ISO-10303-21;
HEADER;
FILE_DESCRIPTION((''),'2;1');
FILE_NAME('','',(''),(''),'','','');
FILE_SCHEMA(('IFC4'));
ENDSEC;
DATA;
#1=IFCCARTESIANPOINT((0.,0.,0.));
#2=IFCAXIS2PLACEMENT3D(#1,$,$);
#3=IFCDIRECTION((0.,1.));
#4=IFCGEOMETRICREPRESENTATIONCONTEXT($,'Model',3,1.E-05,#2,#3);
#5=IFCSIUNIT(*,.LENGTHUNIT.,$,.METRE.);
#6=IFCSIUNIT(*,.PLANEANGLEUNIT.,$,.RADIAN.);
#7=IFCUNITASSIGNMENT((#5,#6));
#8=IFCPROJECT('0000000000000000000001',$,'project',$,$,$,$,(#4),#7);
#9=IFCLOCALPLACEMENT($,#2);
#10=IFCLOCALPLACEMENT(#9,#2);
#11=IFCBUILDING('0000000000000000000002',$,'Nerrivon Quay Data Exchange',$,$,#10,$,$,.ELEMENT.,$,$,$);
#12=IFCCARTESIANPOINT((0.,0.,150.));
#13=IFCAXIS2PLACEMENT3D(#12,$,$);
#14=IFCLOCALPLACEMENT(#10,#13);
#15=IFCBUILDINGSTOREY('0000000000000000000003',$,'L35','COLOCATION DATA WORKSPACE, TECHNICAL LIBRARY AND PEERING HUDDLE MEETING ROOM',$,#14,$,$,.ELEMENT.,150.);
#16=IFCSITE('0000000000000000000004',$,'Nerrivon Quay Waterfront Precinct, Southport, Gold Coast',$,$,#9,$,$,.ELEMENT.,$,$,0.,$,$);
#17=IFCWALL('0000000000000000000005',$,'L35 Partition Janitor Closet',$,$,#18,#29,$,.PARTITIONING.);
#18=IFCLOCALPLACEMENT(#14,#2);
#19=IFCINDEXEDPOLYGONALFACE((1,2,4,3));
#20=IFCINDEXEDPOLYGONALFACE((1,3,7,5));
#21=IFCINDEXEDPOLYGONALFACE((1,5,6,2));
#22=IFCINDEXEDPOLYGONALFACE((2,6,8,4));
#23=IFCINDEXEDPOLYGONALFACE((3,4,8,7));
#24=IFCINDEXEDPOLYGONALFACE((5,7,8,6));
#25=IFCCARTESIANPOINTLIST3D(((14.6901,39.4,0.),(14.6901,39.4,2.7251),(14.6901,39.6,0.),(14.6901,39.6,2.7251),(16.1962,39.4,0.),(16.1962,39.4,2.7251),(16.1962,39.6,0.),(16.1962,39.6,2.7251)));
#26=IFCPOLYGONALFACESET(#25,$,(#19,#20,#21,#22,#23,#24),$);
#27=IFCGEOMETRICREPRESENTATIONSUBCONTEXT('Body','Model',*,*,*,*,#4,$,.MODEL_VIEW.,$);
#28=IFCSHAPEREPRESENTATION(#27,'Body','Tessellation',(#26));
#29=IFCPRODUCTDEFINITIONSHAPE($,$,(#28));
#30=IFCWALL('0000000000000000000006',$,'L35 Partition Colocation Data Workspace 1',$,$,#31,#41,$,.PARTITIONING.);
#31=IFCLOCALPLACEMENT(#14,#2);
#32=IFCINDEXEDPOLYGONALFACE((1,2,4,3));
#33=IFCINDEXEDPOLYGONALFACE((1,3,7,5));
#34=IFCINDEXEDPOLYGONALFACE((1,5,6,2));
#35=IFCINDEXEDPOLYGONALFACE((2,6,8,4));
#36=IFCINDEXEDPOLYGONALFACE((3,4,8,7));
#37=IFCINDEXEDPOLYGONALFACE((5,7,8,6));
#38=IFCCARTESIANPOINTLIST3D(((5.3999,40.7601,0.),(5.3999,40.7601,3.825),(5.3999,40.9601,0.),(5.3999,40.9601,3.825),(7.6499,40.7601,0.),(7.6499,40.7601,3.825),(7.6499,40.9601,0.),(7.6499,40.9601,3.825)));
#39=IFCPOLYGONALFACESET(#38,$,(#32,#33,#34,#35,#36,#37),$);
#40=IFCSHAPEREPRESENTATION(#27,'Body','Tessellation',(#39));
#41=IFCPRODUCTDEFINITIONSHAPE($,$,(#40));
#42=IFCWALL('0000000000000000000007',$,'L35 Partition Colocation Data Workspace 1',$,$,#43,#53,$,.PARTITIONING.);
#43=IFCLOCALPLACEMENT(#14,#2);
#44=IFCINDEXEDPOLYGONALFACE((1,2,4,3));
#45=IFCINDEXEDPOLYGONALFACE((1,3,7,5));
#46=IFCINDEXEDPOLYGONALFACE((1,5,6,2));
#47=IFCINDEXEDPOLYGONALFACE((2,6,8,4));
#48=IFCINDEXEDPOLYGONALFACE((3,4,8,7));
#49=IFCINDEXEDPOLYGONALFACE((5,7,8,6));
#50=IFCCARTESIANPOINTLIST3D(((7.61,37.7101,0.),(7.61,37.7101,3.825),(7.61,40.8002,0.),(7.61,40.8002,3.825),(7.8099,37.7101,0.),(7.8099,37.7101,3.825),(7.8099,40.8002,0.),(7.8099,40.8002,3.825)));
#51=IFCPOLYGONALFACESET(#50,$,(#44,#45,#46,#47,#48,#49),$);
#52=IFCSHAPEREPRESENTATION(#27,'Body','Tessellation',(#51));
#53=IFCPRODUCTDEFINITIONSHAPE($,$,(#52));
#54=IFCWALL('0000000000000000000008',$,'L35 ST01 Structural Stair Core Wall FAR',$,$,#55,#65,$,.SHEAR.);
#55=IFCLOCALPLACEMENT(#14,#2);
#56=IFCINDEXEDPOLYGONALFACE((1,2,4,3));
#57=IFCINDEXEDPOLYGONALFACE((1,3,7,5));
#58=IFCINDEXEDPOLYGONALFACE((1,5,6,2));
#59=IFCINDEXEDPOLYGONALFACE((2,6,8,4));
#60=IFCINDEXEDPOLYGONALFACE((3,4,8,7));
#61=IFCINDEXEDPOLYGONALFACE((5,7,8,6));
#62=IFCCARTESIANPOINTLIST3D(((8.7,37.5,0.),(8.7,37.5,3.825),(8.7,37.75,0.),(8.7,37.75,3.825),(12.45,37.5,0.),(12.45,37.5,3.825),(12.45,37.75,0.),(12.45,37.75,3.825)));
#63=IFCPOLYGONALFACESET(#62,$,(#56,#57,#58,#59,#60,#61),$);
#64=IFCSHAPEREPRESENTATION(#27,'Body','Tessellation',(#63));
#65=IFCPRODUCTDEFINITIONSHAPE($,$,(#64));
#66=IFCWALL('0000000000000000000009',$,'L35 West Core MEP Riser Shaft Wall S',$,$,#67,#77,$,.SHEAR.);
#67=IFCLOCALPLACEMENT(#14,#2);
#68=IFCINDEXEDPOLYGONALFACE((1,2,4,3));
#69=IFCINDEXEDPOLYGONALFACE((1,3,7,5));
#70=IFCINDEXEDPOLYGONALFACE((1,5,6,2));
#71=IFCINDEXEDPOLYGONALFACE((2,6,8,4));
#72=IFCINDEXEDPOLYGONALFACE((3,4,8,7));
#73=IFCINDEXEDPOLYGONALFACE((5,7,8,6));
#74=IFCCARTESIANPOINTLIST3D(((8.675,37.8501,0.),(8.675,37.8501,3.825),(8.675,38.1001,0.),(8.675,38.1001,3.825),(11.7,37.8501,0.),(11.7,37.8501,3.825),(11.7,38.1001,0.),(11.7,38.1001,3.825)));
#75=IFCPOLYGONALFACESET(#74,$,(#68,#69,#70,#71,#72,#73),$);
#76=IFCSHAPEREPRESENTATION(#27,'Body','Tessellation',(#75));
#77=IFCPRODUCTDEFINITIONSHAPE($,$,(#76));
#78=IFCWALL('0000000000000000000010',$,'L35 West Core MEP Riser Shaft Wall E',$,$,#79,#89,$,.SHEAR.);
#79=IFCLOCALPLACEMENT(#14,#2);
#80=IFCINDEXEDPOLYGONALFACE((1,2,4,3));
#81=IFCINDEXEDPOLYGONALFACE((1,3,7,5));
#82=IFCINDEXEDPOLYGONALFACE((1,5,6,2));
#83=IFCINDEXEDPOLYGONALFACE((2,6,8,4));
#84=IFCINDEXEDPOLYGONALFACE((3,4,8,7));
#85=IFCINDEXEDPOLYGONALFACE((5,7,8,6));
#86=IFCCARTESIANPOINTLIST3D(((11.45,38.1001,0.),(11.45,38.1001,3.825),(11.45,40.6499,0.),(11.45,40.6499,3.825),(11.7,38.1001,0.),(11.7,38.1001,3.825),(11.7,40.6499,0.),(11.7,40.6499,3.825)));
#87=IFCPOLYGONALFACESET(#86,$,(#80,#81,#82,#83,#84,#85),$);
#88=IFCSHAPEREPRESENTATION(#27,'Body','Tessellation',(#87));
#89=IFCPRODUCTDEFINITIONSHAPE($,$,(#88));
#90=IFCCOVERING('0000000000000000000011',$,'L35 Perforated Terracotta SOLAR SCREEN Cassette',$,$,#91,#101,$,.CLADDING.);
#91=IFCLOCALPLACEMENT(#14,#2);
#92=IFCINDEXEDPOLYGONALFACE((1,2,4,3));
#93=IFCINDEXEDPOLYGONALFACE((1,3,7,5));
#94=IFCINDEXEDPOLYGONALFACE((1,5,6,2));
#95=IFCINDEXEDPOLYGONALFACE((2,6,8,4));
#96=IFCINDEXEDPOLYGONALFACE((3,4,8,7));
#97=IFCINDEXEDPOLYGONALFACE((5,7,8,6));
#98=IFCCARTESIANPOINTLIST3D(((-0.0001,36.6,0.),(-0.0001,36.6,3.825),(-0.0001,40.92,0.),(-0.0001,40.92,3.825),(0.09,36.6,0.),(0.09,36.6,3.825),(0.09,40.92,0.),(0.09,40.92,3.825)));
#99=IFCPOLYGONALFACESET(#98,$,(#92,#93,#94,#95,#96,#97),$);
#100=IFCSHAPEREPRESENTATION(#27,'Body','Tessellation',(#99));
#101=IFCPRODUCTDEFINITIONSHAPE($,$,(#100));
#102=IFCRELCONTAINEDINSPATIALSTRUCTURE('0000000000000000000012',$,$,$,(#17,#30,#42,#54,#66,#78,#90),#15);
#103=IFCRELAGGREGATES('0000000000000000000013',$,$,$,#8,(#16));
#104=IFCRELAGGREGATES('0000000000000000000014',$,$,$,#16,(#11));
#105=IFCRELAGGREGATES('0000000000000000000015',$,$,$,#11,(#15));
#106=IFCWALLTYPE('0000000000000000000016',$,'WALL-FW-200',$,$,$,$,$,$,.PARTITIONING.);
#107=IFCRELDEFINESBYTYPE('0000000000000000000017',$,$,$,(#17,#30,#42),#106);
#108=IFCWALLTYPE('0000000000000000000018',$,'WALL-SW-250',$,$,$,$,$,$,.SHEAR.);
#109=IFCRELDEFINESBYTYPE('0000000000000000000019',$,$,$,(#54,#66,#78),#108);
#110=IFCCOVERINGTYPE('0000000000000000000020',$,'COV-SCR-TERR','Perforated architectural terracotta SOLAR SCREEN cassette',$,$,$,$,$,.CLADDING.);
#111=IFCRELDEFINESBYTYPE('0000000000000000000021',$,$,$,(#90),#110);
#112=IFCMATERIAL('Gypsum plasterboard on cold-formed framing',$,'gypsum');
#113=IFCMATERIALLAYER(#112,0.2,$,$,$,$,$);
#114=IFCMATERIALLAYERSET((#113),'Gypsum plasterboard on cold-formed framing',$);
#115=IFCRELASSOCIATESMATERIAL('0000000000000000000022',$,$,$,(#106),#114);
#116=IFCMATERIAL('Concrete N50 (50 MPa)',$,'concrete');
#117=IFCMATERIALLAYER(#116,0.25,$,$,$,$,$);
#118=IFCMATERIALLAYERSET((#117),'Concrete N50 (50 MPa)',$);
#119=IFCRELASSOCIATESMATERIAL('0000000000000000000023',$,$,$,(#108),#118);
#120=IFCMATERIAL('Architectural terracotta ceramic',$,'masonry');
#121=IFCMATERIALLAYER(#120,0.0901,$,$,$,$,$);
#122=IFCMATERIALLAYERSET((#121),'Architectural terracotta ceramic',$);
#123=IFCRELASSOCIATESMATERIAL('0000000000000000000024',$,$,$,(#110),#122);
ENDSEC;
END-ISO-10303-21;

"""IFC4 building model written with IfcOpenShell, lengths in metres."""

from ifc_helpers import new_model, si_unit, direction, frame, frame_2d, origin, origin_2d, place, context, subcontext, project, spatial, rectangle, extrude, material, layer, layer_set, type_object, element, save


model = new_model("IFC4")

# Units and contexts
model_context = context("Model", 3, precision=1e-05, world=origin(), true_north=direction((0.0, 1.0)))
body_context = subcontext(model_context, "Body", "Model", "MODEL_VIEW")
ifc_project = project(units=[si_unit("LENGTHUNIT", "METRE"), si_unit("PLANEANGLEUNIT", "RADIAN")], contexts=[model_context])

# Site, building, storey
site_placement = place(None, origin())
site = spatial("IfcSite", under=ifc_project, at=site_placement, Name="Nerrivon Quay Waterfront Precinct, Southport, Gold Coast", CompositionType="ELEMENT", RefElevation=0.0)
building_placement = place(site_placement, origin())
building = spatial("IfcBuilding", under=site, at=building_placement, Name="Nerrivon Quay Data Exchange", CompositionType="ELEMENT")
storey_placement = place(building_placement, frame((0.0, 0.0, 150.0)))
storey = spatial("IfcBuildingStorey", under=building, at=storey_placement, Name="L35", Description="COLOCATION DATA WORKSPACE, TECHNICAL LIBRARY AND PEERING HUDDLE MEETING ROOM", CompositionType="ELEMENT", Elevation=150.0)

# Walls
ifc_material_1 = material(Name="Gypsum plasterboard on cold-formed framing", Category="gypsum")
ifc_layer_1 = layer(ifc_material_1, 0.2)
ifc_layer_set_1 = layer_set([ifc_layer_1], Name="Gypsum plasterboard on cold-formed framing")
wall_type_1 = type_object("IfcWallType", Name="WALL-FW-200", PredefinedType="PARTITIONING", material=ifc_layer_set_1)
wall_1_placement = place(storey_placement, frame((16.196, 39.5, 0.0), z_axis=(0.0, 0.0, 1.0), x_axis=(-1.0, 0.0, 0.0)))
element("IfcWall", 1, at=wall_1_placement, inside=storey, type_object=wall_type_1, Name="L35 Partition Janitor Closet", PredefinedType="PARTITIONING", context=body_context, shape_type="SweptSolid", body=[
    extrude(rectangle(XDim=1.5061, YDim=0.2, at=frame_2d((0.7529, 0.0))), origin(), (0.0, 0.0, 1.0), 2.7251),
])
wall_2_placement = place(storey_placement, frame((5.3999, 40.8601, 0.0), z_axis=(0.0, 0.0, 1.0), x_axis=(1.0, 0.0, 0.0)))
element("IfcWall", 2, at=wall_2_placement, inside=storey, type_object=wall_type_1, Name="L35 Partition Colocation Data Workspace 1", PredefinedType="PARTITIONING", context=body_context, shape_type="SweptSolid", body=[
    extrude(rectangle(XDim=2.25, YDim=0.2, at=frame_2d((1.125, 0.0))), origin(), (0.0, 0.0, 1.0), 3.825),
])
wall_3_placement = place(storey_placement, frame((7.71, 40.8, 0.0), z_axis=(0.0, 0.0, 1.0), x_axis=(0.0, -1.0, 0.0)))
element("IfcWall", 3, at=wall_3_placement, inside=storey, type_object=wall_type_1, Name="L35 Partition Colocation Data Workspace 1", PredefinedType="PARTITIONING", context=body_context, shape_type="SweptSolid", body=[
    extrude(rectangle(XDim=3.0901, YDim=0.2, at=frame_2d((1.5449, 0.0))), origin(), (0.0, 0.0, 1.0), 3.825),
])
ifc_material_2 = material(Name="Concrete N50 (50 MPa)", Category="concrete")
ifc_layer_2 = layer(ifc_material_2, 0.25)
ifc_layer_set_2 = layer_set([ifc_layer_2], Name="Concrete N50 (50 MPa)")
wall_type_2 = type_object("IfcWallType", Name="WALL-SW-250", PredefinedType="SHEAR", material=ifc_layer_set_2)
wall_4_placement = place(storey_placement, frame((12.45, 37.625, 0.0), z_axis=(0.0, 0.0, 1.0), x_axis=(-1.0, 0.0, 0.0)))
element("IfcWall", 4, at=wall_4_placement, inside=storey, type_object=wall_type_2, Name="L35 ST01 Structural Stair Core Wall FAR", PredefinedType="SHEAR", context=body_context, shape_type="SweptSolid", body=[
    extrude(rectangle(XDim=3.75, YDim=0.25, at=frame_2d((1.875, 0.0))), origin(), (0.0, 0.0, 1.0), 3.825),
])
wall_5_placement = place(storey_placement, frame((8.675, 37.9751, 0.0), z_axis=(0.0, 0.0, 1.0), x_axis=(1.0, 0.0, 0.0)))
element("IfcWall", 5, at=wall_5_placement, inside=storey, type_object=wall_type_2, Name="L35 West Core MEP Riser Shaft Wall S", PredefinedType="SHEAR", context=body_context, shape_type="SweptSolid", body=[
    extrude(rectangle(XDim=3.0249, YDim=0.25, at=frame_2d((1.5125, 0.0))), origin(), (0.0, 0.0, 1.0), 3.825),
])
wall_6_placement = place(storey_placement, frame((11.575, 38.1001, 0.0), z_axis=(0.0, 0.0, 1.0), x_axis=(0.0, 1.0, 0.0)))
element("IfcWall", 6, at=wall_6_placement, inside=storey, type_object=wall_type_2, Name="L35 West Core MEP Riser Shaft Wall E", PredefinedType="SHEAR", context=body_context, shape_type="SweptSolid", body=[
    extrude(rectangle(XDim=2.5498, YDim=0.25, at=frame_2d((1.2749, 0.0))), origin(), (0.0, 0.0, 1.0), 3.825),
])

# Covering
ifc_material_3 = material(Name="Architectural terracotta ceramic", Category="masonry")
ifc_layer_3 = layer(ifc_material_3, 0.0901)
ifc_layer_set_3 = layer_set([ifc_layer_3], Name="Architectural terracotta ceramic")
covering_type = type_object("IfcCoveringType", Name="COV-SCR-TERR", Description="Perforated architectural terracotta SOLAR SCREEN cassette", PredefinedType="CLADDING", material=ifc_layer_set_3)
covering_placement = place(storey_placement, frame((0.0449, 38.76, 0.0), z_axis=(0.0, 0.0, 1.0), x_axis=(0.0, 1.0, 0.0)))
element("IfcCovering", 7, at=covering_placement, inside=storey, type_object=covering_type, Name="L35 Perforated Terracotta SOLAR SCREEN Cassette", PredefinedType="CLADDING", context=body_context, shape_type="SweptSolid", body=[
    extrude(rectangle(XDim=4.3201, YDim=0.0901, at=origin_2d()), origin(), (0.0, 0.0, 1.0), 3.825),
])

save(model, "model.ifc")
